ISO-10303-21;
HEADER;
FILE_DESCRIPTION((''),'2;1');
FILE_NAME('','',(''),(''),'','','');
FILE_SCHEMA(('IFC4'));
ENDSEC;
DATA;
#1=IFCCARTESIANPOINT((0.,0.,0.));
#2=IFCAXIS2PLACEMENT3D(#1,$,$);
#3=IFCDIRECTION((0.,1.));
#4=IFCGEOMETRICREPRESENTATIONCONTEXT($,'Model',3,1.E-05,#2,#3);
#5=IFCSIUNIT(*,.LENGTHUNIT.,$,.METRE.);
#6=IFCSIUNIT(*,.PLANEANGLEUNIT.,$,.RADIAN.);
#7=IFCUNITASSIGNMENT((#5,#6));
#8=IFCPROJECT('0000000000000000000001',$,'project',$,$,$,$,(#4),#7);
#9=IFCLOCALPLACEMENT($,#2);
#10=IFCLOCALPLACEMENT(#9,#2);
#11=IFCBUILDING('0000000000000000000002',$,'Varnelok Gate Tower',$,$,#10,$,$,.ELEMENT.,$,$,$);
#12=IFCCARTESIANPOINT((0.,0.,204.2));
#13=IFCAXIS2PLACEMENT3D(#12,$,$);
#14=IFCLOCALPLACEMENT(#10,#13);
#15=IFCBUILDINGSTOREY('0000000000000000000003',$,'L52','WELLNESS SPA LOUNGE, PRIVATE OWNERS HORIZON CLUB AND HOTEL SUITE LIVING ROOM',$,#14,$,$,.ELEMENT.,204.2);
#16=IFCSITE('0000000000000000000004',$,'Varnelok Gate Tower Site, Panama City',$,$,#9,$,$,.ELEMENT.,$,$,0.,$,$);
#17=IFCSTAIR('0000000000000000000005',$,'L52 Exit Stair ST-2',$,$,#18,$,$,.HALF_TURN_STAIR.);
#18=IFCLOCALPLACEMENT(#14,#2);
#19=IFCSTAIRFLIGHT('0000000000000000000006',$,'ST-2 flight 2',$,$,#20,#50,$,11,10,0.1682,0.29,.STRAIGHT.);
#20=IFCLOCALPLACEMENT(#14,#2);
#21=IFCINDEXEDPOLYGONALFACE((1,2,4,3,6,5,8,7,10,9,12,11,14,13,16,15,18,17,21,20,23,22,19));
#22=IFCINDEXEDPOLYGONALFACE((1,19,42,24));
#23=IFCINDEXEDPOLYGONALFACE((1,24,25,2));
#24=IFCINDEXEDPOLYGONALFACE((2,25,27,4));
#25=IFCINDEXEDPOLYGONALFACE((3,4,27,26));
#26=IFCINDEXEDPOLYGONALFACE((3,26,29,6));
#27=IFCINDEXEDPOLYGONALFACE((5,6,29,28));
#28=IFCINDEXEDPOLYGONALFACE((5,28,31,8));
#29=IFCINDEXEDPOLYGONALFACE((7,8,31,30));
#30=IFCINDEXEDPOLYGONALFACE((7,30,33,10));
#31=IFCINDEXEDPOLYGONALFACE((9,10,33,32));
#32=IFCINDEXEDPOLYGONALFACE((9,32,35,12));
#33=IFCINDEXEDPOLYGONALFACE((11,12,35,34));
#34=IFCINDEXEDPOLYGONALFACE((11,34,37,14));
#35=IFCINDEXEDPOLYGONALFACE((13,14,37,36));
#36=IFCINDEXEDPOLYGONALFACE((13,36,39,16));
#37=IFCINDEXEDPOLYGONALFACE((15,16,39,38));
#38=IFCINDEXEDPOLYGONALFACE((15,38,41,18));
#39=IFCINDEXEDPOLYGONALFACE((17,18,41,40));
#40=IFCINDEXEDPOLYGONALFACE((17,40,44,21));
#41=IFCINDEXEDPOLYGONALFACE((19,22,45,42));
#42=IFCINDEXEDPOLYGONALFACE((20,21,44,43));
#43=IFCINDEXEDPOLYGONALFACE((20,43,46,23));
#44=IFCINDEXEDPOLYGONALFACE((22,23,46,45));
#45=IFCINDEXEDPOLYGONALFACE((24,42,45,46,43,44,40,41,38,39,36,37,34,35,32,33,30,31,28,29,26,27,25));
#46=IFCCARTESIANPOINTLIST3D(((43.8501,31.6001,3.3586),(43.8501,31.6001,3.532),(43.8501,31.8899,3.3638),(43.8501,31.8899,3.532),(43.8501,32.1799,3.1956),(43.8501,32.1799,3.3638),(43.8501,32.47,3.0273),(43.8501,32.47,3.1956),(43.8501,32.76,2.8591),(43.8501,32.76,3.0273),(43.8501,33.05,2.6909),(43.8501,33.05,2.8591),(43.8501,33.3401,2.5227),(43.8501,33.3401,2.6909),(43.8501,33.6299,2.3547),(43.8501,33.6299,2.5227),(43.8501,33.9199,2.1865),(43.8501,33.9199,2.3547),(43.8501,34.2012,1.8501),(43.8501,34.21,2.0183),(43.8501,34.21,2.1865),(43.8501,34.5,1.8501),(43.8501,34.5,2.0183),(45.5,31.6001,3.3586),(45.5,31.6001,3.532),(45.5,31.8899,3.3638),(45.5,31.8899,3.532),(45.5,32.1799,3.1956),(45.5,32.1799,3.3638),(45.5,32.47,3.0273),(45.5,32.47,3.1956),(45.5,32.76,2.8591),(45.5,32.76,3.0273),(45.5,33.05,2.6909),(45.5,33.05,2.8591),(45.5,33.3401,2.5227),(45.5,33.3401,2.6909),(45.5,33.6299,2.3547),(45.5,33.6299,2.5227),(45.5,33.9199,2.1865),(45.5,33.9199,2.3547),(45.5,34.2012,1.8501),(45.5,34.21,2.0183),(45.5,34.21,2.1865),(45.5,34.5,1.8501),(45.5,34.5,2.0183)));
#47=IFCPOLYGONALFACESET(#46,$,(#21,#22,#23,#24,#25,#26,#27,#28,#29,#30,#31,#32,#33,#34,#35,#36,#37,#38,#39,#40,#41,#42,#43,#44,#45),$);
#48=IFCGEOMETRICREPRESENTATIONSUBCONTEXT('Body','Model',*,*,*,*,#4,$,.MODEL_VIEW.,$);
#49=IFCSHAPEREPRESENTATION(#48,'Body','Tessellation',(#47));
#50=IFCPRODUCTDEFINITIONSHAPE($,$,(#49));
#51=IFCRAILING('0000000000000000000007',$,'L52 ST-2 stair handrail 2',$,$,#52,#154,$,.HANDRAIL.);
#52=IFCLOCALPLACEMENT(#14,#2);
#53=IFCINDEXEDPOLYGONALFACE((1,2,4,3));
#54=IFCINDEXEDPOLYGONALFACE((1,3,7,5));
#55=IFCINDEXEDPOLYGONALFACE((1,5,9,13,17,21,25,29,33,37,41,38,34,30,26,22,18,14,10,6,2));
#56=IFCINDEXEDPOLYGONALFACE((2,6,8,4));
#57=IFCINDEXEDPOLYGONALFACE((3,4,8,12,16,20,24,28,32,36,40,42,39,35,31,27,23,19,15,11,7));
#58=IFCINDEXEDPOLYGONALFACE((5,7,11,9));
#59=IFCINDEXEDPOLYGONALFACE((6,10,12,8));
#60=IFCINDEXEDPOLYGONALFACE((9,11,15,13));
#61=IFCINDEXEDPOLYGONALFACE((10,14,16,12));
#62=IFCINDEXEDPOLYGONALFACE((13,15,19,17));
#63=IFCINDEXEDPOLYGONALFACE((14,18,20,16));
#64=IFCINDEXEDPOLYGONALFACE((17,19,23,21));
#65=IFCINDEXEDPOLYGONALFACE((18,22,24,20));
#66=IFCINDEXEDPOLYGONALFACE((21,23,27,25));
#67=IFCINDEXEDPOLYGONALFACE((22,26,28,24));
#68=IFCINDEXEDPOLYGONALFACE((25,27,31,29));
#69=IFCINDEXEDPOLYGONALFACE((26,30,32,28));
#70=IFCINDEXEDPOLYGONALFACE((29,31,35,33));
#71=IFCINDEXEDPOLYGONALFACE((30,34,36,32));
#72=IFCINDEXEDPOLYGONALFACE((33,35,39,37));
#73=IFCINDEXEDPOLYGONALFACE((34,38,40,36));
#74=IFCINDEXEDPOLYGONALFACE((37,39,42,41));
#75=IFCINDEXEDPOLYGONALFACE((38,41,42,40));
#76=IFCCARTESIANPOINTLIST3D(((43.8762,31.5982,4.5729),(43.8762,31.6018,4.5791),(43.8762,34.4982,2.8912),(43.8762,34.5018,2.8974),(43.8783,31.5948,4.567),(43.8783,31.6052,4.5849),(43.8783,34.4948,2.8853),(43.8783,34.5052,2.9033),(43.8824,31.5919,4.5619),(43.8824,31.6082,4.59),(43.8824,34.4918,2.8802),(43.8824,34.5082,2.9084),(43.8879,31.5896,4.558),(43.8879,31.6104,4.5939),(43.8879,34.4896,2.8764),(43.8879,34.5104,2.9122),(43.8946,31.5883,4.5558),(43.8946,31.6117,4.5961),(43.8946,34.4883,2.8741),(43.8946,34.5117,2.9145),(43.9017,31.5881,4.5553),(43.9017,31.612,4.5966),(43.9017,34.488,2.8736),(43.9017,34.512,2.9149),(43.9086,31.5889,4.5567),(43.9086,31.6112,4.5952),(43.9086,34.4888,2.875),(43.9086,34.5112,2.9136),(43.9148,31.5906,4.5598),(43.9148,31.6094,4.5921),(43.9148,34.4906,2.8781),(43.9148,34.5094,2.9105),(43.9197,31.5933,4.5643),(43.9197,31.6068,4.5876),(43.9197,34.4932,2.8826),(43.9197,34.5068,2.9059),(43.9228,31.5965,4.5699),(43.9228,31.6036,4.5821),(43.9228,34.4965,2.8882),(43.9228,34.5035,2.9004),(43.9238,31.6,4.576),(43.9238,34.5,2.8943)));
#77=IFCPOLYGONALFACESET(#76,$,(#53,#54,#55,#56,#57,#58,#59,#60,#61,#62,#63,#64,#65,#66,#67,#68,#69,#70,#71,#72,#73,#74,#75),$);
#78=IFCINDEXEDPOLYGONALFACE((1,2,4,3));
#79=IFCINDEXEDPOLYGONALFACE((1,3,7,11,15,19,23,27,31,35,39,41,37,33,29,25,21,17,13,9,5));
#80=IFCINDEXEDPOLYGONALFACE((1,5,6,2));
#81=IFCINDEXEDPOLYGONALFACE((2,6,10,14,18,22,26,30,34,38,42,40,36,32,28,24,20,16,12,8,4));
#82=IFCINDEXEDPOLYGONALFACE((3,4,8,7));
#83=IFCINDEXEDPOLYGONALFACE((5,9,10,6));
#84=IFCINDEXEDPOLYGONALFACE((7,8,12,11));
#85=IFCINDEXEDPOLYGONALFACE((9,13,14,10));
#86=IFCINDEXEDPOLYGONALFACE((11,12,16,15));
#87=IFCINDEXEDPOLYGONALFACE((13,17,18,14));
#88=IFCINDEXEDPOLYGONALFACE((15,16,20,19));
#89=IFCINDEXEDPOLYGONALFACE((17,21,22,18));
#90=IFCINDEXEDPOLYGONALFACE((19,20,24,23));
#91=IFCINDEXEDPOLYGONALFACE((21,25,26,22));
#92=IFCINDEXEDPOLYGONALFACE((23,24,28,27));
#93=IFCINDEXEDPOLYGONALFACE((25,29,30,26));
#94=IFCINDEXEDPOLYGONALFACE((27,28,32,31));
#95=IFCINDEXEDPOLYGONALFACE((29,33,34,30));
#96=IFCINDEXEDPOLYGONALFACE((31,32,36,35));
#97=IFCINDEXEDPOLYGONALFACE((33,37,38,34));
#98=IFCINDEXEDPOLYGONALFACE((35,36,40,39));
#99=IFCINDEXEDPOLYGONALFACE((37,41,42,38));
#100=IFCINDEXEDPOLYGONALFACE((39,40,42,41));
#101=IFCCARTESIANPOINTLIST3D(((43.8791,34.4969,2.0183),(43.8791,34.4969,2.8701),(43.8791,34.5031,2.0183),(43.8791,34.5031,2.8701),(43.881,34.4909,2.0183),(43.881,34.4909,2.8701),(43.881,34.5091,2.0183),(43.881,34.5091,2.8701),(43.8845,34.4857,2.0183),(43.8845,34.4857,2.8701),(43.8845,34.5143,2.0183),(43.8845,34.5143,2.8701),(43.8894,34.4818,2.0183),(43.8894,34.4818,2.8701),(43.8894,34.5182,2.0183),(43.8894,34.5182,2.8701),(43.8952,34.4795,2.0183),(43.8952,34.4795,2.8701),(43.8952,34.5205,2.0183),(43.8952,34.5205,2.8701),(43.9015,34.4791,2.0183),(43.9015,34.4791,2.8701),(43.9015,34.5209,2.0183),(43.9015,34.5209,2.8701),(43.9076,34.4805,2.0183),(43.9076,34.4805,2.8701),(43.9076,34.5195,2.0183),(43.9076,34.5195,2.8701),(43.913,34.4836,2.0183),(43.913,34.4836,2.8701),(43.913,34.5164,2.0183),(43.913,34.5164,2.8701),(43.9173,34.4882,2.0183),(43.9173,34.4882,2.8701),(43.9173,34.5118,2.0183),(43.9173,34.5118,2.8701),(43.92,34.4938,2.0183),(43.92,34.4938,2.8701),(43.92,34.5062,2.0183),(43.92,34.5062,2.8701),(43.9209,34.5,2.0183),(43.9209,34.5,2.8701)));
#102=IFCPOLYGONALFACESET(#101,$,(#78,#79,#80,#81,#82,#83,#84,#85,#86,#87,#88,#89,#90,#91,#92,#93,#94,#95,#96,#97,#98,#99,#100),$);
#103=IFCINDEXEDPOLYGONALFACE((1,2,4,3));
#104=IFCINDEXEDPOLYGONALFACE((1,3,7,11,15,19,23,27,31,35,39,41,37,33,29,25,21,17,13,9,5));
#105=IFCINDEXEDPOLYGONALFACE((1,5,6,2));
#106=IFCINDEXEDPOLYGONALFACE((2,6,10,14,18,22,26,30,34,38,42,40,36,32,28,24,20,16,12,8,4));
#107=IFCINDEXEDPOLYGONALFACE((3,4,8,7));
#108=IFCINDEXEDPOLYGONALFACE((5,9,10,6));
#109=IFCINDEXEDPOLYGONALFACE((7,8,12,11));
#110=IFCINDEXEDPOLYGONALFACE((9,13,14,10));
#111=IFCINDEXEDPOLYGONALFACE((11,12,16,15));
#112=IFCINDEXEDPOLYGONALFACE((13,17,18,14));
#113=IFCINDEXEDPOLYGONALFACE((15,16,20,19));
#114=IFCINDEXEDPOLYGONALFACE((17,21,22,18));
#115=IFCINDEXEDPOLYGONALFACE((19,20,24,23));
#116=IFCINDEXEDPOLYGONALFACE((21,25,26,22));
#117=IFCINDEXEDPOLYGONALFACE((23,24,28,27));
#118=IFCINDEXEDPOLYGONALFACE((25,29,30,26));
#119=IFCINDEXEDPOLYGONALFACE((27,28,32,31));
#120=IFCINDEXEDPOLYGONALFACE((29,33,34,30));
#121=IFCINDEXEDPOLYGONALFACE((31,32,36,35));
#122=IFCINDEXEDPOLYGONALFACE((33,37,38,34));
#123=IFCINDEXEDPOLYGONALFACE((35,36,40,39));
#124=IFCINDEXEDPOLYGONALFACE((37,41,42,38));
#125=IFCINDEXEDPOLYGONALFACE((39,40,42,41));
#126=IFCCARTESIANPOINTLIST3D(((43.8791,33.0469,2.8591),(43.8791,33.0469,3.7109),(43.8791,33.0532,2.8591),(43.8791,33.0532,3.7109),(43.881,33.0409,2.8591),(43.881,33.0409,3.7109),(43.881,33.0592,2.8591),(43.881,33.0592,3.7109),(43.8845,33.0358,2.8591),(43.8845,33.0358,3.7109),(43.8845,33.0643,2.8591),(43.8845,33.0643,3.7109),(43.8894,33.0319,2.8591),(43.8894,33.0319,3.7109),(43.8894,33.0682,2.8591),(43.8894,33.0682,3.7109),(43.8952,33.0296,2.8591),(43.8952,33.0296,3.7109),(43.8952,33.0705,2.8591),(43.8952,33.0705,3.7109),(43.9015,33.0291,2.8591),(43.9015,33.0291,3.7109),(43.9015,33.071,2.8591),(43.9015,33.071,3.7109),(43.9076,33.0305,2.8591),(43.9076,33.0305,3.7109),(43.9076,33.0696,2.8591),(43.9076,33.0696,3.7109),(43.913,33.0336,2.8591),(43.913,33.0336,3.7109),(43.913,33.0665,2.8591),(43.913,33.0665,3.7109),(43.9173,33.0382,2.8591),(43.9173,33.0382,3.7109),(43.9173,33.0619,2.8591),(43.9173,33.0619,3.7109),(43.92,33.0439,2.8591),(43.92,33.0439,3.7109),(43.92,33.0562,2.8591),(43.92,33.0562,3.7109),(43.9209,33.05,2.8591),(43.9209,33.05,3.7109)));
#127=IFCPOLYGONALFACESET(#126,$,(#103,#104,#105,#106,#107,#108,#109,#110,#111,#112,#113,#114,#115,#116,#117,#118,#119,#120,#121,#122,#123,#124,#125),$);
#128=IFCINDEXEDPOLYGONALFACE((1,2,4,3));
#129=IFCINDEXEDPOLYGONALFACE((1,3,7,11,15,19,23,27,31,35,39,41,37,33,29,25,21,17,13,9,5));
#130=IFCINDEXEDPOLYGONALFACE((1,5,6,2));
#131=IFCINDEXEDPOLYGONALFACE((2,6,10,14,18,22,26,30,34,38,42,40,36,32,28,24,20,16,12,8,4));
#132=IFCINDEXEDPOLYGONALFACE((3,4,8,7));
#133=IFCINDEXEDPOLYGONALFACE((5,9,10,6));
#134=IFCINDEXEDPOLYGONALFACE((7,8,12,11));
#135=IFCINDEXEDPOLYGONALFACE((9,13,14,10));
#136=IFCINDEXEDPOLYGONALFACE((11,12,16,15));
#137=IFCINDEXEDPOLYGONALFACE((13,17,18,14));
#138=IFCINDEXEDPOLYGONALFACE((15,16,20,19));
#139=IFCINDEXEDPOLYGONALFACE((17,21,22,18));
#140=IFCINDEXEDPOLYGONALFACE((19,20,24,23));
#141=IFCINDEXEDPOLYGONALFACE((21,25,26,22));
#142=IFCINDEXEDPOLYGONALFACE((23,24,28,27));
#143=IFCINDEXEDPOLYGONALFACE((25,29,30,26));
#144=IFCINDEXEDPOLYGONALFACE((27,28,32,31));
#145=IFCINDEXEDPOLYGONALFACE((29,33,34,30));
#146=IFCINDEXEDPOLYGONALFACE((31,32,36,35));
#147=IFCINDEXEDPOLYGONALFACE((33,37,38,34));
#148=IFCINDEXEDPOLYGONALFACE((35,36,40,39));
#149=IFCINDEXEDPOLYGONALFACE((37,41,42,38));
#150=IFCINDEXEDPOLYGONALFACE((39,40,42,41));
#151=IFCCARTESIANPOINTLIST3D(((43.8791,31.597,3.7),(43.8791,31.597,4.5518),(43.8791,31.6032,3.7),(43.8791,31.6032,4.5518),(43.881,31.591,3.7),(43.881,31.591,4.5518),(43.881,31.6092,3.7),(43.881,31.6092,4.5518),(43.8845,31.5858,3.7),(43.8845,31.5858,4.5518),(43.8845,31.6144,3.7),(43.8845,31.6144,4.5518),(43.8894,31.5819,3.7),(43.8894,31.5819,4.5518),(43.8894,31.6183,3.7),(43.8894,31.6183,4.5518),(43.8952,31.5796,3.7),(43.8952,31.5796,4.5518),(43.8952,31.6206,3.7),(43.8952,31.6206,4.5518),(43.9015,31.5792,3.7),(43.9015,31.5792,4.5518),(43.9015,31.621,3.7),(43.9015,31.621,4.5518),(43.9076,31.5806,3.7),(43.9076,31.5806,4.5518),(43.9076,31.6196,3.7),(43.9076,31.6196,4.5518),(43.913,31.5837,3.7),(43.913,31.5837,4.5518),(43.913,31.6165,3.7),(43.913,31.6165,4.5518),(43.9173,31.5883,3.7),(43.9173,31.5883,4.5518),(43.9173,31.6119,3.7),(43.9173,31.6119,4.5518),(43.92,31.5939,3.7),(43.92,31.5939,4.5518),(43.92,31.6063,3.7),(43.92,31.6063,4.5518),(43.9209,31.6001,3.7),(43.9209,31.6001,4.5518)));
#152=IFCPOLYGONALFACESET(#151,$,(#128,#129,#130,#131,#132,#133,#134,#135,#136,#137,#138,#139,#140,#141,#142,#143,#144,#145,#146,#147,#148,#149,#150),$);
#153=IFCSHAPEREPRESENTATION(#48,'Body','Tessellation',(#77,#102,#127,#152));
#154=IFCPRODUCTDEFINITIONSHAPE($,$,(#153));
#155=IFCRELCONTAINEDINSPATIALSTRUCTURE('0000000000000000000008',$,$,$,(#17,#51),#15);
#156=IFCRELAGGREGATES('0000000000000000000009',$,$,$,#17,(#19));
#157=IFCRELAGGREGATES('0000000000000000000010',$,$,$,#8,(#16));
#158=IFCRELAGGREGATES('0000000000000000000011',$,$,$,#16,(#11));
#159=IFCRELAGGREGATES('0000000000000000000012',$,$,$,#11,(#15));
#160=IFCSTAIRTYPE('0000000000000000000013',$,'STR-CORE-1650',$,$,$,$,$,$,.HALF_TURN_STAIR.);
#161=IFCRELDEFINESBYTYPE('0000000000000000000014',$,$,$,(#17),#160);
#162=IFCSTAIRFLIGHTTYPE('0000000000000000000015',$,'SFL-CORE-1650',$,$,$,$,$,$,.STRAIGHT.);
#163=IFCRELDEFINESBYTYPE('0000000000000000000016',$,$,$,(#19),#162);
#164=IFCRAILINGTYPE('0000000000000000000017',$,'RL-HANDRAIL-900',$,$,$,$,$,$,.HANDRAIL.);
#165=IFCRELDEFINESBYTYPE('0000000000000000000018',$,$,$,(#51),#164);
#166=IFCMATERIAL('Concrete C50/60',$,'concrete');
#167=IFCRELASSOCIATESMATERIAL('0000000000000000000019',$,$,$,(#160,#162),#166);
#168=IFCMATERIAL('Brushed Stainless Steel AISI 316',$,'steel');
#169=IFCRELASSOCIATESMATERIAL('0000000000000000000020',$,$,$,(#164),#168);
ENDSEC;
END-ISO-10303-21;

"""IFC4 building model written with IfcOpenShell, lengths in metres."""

from ifc_helpers import new_model, si_unit, direction, frame, origin, origin_2d, place, context, subcontext, project, spatial, polyline, circle, outline, extrude, material, type_object, element, aggregate, save


model = new_model("IFC4")

# Units and contexts
model_context = context("Model", 3, precision=1e-05, world=origin(), true_north=direction((0.0, 1.0)))
body_context = subcontext(model_context, "Body", "Model", "MODEL_VIEW")
ifc_project = project(units=[si_unit("LENGTHUNIT", "METRE"), si_unit("PLANEANGLEUNIT", "RADIAN")], contexts=[model_context])

# Site, building, storey
site_placement = place(None, origin())
site = spatial("IfcSite", under=ifc_project, at=site_placement, Name="Varnelok Gate Tower Site, Panama City", CompositionType="ELEMENT", RefElevation=0.0)
building_placement = place(site_placement, origin())
building = spatial("IfcBuilding", under=site, at=building_placement, Name="Varnelok Gate Tower", CompositionType="ELEMENT")
storey_placement = place(building_placement, frame((0.0, 0.0, 204.2)))
storey = spatial("IfcBuildingStorey", under=building, at=storey_placement, Name="L52", Description="WELLNESS SPA LOUNGE, PRIVATE OWNERS HORIZON CLUB AND HOTEL SUITE LIVING ROOM", CompositionType="ELEMENT", Elevation=204.2)

# Stair, stair flight
ifc_material_1 = material(Name="Concrete C50/60", Category="concrete")
stair_type = type_object("IfcStairType", Name="STR-CORE-1650", PredefinedType="HALF_TURN_STAIR", material=ifc_material_1)
stair_placement = place(storey_placement, origin())
stair = element("IfcStair", 1, at=stair_placement, inside=storey, type_object=stair_type, Name="L52 Exit Stair ST-2", PredefinedType="HALF_TURN_STAIR")
stair_flight_type = type_object("IfcStairFlightType", Name="SFL-CORE-1650", PredefinedType="STRAIGHT", material=ifc_material_1)
stair_flight_placement = place(storey_placement, frame((44.675, 34.5, 1.8501), z_axis=(0.0, 0.0, 1.0), x_axis=(0.0, -1.0, 0.0)))
stair_flight = element("IfcStairFlight", 2, at=stair_flight_placement, type_object=stair_flight_type, Name="ST-2 flight 2", NumberOfRisers=11, NumberOfTreads=10, PredefinedType="STRAIGHT", RiserHeight=0.1682, TreadLength=0.29, context=body_context, shape_type="SweptSolid", body=[
    extrude(outline(polyline([(0.0, 0.0), (0.0, 0.1682), (0.29, 0.1682), (0.29, 0.3364), (0.5801, 0.3364), (0.5801, 0.5046), (0.8701, 0.5046), (0.8701, 0.6726), (1.1599, 0.6726), (1.1599, 0.8408), (1.45, 0.8408), (1.45, 1.009), (1.74, 1.009), (1.74, 1.1772), (2.03, 1.1772), (2.03, 1.3455), (2.3201, 1.3455), (2.3201, 1.5137), (2.6101, 1.5137), (2.6101, 1.6819), (2.8999, 1.6819), (2.8999, 1.8501), (2.8999, 1.5085), (0.2988, 0.0), (0.0, 0.0)])), frame((0.0, 0.825, 0.0), z_axis=(0.0, -1.0, 0.0), x_axis=(1.0, 0.0, 0.0)), (0.0, 0.0, 1.0), 1.6499),
])
aggregate(stair, [stair_flight])

# Railing
ifc_material_2 = material(Name="Brushed Stainless Steel AISI 316", Category="steel")
railing_type_1 = type_object("IfcRailingType", Name="RL-HANDRAIL-900", PredefinedType="HANDRAIL", material=ifc_material_2)
railing_1_placement = place(storey_placement, frame((43.8999, 34.5, 2.0183)))
element("IfcRailing", 3, at=railing_1_placement, inside=storey, type_object=railing_type_1, Name="L52 ST-2 stair handrail 2", PredefinedType="HANDRAIL", context=body_context, shape_type="SweptSolid", body=[
    extrude(circle(Radius=0.0239, at=origin_2d()), frame((0.0, 0.0, 0.876), z_axis=(0.0, -0.86507, 0.501651), x_axis=(1.0, 0.0, 0.0)), (0.0, 0.0, 1.0), 3.3523),
    extrude(circle(Radius=0.021, at=origin_2d()), origin(), (0.0, 0.0, 1.0), 0.8518),
    extrude(circle(Radius=0.021, at=origin_2d()), frame((0.0, -1.45, 0.8408)), (0.0, 0.0, 1.0), 0.8518),
    extrude(circle(Radius=0.021, at=origin_2d()), frame((0.0, -2.8999, 1.6816)), (0.0, 0.0, 1.0), 0.8518),
])

save(model, "model.ifc")
